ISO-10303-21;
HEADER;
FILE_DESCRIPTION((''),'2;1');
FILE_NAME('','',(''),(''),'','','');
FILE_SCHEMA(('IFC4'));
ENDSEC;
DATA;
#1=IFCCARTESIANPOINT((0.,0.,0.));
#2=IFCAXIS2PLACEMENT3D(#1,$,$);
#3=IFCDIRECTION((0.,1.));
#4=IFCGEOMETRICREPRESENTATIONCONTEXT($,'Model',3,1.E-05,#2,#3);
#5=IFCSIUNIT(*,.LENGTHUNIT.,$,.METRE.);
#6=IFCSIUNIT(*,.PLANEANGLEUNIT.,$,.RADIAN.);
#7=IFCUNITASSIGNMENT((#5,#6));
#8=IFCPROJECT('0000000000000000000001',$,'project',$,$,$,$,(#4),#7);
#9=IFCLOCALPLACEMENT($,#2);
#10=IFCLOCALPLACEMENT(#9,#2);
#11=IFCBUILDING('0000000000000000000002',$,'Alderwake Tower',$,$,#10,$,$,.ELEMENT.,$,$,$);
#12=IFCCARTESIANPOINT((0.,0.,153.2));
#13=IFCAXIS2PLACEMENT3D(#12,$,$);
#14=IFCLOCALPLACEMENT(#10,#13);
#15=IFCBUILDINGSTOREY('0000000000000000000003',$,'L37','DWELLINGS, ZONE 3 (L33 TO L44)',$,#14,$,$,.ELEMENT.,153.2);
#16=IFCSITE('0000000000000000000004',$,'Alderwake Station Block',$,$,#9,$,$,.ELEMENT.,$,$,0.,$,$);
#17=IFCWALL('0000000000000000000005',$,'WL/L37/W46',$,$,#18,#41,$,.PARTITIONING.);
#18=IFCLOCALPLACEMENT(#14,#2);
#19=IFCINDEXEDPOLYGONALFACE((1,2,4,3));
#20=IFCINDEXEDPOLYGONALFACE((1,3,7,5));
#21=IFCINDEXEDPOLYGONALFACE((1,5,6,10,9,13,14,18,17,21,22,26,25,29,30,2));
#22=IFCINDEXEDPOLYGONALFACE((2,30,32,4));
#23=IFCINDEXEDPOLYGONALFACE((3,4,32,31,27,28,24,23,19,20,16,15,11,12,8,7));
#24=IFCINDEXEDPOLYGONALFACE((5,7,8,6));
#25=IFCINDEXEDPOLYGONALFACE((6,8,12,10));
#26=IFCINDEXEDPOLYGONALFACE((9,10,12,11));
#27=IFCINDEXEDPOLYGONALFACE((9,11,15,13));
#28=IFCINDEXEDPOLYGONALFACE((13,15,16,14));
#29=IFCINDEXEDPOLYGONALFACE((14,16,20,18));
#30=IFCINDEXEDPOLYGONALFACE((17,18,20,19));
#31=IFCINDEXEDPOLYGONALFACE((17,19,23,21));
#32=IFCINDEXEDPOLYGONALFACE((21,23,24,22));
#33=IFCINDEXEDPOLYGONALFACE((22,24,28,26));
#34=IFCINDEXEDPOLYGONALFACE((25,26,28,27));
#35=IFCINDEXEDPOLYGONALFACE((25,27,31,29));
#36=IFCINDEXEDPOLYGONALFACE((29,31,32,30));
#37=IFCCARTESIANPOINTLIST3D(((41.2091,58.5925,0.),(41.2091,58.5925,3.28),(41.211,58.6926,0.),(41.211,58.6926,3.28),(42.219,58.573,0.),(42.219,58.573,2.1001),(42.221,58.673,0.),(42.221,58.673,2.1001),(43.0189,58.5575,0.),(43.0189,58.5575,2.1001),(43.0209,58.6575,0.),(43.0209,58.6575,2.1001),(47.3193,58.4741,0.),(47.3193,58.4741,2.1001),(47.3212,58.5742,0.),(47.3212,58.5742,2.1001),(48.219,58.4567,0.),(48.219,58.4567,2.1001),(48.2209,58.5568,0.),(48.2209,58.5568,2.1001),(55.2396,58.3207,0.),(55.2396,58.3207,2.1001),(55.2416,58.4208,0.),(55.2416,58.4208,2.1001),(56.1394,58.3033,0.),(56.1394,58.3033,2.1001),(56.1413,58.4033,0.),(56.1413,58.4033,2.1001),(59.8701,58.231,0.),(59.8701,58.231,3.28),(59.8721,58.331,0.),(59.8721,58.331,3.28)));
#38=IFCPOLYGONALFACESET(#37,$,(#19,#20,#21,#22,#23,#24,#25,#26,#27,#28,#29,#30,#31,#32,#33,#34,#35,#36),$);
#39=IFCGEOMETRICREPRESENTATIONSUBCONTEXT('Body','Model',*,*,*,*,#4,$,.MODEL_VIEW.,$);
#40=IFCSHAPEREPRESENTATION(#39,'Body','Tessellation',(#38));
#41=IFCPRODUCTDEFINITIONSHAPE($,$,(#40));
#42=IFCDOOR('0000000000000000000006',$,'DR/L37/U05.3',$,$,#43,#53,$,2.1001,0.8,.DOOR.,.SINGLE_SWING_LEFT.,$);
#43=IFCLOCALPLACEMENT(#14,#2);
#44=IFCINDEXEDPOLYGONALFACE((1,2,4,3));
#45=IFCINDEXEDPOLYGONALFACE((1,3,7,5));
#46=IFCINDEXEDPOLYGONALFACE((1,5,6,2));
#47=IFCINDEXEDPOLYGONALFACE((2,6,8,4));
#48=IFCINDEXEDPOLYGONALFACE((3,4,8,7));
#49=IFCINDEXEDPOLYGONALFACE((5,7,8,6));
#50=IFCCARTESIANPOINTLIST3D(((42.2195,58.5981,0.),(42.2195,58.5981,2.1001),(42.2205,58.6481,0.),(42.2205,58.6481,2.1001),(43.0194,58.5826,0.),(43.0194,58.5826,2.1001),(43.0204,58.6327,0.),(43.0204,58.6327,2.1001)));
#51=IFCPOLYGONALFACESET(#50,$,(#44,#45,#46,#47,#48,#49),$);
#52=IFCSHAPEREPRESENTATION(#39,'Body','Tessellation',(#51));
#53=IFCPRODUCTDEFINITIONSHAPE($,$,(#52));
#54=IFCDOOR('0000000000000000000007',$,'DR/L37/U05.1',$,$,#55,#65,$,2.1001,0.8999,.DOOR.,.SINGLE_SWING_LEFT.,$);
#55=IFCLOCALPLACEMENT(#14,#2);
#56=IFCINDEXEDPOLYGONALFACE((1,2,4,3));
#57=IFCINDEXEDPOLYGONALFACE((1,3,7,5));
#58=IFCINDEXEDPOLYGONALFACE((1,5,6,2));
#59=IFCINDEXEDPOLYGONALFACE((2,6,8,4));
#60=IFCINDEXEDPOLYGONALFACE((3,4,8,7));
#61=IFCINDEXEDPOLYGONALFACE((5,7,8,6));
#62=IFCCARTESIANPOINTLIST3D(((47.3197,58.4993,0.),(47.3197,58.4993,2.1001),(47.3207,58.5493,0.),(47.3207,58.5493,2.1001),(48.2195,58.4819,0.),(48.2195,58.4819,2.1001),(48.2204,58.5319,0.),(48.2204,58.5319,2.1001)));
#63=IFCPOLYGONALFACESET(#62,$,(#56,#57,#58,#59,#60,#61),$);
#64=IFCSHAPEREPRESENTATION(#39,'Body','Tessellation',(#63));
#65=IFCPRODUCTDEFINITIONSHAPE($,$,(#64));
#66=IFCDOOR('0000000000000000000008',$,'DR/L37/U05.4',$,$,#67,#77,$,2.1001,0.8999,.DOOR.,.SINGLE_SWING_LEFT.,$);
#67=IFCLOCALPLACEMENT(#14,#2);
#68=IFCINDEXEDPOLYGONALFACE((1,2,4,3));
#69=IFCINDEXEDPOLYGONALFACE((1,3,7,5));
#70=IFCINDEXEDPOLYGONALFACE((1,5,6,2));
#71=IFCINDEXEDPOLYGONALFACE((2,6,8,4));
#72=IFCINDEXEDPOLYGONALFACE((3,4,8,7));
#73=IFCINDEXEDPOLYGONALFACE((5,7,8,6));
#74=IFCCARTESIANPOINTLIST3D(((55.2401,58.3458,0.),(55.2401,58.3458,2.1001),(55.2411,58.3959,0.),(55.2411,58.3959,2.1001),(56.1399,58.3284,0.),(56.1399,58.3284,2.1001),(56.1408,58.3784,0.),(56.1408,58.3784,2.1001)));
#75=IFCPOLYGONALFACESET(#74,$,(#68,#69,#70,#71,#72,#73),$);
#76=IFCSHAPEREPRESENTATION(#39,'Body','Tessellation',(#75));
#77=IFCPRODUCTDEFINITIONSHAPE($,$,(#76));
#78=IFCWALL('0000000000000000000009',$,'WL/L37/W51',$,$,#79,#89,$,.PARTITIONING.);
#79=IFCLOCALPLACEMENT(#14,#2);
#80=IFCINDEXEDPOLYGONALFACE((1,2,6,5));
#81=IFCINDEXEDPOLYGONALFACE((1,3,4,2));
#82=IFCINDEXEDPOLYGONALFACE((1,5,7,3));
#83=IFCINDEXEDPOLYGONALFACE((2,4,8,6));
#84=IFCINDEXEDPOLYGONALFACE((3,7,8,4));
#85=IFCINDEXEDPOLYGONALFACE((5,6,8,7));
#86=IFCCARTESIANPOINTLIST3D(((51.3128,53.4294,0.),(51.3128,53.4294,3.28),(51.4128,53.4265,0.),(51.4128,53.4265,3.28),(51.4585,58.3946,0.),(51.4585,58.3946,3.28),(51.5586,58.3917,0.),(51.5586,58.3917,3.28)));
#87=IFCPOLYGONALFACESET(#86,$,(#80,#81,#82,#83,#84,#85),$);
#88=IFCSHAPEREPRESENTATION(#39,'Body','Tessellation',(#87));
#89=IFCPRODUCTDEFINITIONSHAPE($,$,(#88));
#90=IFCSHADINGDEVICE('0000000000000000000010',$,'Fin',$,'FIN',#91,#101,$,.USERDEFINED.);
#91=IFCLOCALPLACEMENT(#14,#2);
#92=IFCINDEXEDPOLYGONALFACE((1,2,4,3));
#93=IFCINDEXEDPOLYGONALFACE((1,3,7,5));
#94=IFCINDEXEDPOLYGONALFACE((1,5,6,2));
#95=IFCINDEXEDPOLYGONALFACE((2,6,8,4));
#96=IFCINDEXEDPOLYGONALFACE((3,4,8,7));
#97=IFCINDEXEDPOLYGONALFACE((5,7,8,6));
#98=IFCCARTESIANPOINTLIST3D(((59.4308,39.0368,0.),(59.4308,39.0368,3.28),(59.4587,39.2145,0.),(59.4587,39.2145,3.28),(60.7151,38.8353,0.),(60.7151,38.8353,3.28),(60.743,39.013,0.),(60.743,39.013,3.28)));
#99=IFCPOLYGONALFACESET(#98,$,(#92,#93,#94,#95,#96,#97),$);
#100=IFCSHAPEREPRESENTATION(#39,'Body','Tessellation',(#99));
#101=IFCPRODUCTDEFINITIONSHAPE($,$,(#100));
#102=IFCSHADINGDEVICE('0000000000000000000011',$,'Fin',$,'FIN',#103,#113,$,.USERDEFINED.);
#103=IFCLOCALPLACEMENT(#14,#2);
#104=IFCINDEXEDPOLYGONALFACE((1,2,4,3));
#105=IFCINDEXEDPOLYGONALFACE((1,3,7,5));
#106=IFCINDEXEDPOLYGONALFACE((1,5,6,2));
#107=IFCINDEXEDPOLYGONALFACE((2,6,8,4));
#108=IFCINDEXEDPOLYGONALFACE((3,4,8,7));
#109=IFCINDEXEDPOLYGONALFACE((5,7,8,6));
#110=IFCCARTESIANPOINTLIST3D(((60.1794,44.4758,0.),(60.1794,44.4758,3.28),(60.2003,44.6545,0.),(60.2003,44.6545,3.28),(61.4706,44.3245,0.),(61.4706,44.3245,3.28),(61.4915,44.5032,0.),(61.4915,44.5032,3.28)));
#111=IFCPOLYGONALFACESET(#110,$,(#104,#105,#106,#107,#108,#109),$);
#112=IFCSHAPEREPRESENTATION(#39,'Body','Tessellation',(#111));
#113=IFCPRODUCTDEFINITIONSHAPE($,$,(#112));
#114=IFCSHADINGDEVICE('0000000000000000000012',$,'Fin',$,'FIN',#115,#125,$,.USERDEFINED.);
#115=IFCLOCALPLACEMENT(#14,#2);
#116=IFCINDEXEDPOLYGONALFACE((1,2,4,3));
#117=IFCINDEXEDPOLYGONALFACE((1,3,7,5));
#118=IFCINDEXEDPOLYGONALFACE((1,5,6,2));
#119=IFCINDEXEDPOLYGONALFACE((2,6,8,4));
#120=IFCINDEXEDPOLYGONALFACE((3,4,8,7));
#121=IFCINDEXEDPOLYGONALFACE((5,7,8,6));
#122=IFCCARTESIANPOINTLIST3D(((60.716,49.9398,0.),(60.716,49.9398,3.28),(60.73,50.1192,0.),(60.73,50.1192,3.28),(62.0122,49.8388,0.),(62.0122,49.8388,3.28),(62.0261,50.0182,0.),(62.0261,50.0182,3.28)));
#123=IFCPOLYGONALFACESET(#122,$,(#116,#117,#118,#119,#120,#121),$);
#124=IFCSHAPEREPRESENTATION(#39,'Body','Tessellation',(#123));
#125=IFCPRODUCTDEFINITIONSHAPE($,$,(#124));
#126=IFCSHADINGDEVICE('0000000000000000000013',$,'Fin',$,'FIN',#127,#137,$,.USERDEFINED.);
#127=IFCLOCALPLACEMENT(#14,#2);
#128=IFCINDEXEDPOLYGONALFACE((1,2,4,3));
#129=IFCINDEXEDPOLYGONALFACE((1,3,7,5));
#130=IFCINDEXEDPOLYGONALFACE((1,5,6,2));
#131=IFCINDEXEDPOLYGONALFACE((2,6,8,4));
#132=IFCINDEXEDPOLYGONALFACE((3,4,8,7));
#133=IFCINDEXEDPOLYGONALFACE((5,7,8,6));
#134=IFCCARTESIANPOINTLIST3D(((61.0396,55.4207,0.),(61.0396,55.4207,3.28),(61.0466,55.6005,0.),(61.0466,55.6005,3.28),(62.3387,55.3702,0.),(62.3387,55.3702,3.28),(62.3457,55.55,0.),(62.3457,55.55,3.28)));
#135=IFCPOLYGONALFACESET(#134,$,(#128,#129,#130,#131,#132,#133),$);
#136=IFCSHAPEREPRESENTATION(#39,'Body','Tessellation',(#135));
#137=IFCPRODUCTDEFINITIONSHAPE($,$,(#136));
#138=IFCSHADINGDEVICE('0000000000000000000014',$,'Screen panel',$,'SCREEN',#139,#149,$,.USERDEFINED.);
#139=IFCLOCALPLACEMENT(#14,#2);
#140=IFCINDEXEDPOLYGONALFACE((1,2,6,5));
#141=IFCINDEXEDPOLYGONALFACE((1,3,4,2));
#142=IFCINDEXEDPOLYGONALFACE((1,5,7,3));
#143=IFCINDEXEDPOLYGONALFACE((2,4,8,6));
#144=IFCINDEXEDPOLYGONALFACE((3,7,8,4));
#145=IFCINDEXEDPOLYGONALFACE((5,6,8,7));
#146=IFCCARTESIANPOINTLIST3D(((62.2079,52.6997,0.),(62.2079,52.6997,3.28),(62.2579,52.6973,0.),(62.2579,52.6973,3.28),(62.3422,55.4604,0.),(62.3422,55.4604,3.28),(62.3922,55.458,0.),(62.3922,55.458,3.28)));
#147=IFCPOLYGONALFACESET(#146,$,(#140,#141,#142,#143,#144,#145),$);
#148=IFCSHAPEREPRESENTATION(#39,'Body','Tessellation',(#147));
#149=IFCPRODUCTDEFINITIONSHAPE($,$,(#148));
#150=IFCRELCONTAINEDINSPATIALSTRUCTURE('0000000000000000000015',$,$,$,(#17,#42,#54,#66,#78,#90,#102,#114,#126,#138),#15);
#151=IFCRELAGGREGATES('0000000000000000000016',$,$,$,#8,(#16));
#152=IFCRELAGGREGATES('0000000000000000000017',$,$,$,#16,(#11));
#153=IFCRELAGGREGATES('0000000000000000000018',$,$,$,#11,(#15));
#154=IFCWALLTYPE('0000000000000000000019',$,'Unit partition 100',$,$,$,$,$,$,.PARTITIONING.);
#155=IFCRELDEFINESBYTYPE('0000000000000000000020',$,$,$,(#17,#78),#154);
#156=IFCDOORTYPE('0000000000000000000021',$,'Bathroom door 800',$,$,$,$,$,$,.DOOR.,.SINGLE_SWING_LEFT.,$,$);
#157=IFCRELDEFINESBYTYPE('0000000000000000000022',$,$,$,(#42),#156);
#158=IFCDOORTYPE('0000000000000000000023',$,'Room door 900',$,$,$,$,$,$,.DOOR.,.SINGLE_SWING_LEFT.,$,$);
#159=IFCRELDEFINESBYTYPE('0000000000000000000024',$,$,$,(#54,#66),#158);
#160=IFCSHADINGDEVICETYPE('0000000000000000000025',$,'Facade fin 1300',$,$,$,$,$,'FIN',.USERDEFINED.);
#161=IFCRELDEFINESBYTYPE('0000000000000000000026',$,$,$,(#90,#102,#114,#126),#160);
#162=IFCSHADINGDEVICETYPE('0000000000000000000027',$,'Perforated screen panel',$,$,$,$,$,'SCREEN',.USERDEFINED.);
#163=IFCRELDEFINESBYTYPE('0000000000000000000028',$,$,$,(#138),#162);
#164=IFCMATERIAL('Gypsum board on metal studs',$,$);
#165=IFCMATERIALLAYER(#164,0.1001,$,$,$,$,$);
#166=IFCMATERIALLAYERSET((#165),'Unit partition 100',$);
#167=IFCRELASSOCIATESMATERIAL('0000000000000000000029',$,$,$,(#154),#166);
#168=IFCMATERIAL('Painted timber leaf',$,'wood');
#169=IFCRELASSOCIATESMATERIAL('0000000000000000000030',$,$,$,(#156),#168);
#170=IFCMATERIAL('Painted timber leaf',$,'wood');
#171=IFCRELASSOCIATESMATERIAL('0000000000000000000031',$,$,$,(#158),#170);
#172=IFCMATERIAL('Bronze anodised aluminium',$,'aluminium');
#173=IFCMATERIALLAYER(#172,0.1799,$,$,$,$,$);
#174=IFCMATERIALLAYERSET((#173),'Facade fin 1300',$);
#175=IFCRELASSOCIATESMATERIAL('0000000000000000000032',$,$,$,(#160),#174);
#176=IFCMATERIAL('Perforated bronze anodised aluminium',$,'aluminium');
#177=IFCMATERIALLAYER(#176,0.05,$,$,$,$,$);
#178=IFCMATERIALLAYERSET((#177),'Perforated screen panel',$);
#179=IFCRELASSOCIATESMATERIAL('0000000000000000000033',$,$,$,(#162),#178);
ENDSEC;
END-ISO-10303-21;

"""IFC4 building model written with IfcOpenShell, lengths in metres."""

from ifc_helpers import new_model, si_unit, direction, frame, frame_2d, origin, origin_2d, place, context, subcontext, project, spatial, rectangle, extrude, material, layer, layer_set, type_object, element, fill, save


model = new_model("IFC4")

# Units and contexts
model_context = context("Model", 3, precision=1e-05, world=origin(), true_north=direction((0.0, 1.0)))
body_context = subcontext(model_context, "Body", "Model", "MODEL_VIEW")
ifc_project = project(units=[si_unit("LENGTHUNIT", "METRE"), si_unit("PLANEANGLEUNIT", "RADIAN")], contexts=[model_context])

# Site, building, storey
site_placement = place(None, origin())
site = spatial("IfcSite", under=ifc_project, at=site_placement, Name="Alderwake Station Block", CompositionType="ELEMENT", RefElevation=0.0)
building_placement = place(site_placement, origin())
building = spatial("IfcBuilding", under=site, at=building_placement, Name="Alderwake Tower", CompositionType="ELEMENT")
storey_placement = place(building_placement, frame((0.0, 0.0, 153.2)))
storey = spatial("IfcBuildingStorey", under=building, at=storey_placement, Name="L37", Description="DWELLINGS, ZONE 3 (L33 TO L44)", CompositionType="ELEMENT", Elevation=153.2)

# Wall, openings, doors
ifc_material_1 = material(Name="Gypsum board on metal studs")
ifc_layer_1 = layer(ifc_material_1, 0.1001)
ifc_layer_set_1 = layer_set([ifc_layer_1], Name="Unit partition 100")
wall_type_1 = type_object("IfcWallType", Name="Unit partition 100", PredefinedType="PARTITIONING", material=ifc_layer_set_1)
ifc_material_2 = material(Name="Painted timber leaf", Category="wood")
door_type_1 = type_object("IfcDoorType", Name="Bathroom door 800", OperationType="SINGLE_SWING_LEFT", PredefinedType="DOOR", material=ifc_material_2)
ifc_material_3 = material(Name="Painted timber leaf", Category="wood")
door_type_2 = type_object("IfcDoorType", Name="Room door 900", OperationType="SINGLE_SWING_LEFT", PredefinedType="DOOR", material=ifc_material_3)
wall_1_placement = place(storey_placement, frame((59.8711, 58.281, 0.0), z_axis=(0.0, 0.0, 1.0), x_axis=(-0.999812, 0.019372, 0.0)))
wall_1 = element("IfcWall", 1, at=wall_1_placement, inside=storey, type_object=wall_type_1, Name="WL/L37/W46", PredefinedType="PARTITIONING", context=body_context, shape_type="SweptSolid", body=[
    extrude(rectangle(XDim=18.6646, YDim=0.1001, at=frame_2d((9.3323, 0.0))), origin(), (0.0, 0.0, 1.0), 3.28),
])
opening_1_placement = place(wall_1_placement, frame((11.6533, 0.0, 0.0)))
opening_1 = element("IfcOpeningElement", 2, at=opening_1_placement, cuts=wall_1, PredefinedType="OPENING", context=body_context, shape_type="SweptSolid", body=[
    extrude(rectangle(XDim=0.8999, YDim=2.1001, at=frame_2d((0.45, 1.05))), frame((0.0, 0.0601, 0.0), z_axis=(0.0, -1.0, 0.0), x_axis=(1.0, 0.0, 0.0)), (0.0, 0.0, 1.0), 0.1201),
])
opening_2_placement = place(wall_1_placement, frame((16.8545, 0.0, 0.0)))
opening_2 = element("IfcOpeningElement", 3, at=opening_2_placement, cuts=wall_1, PredefinedType="OPENING", context=body_context, shape_type="SweptSolid", body=[
    extrude(rectangle(XDim=0.8, YDim=2.1001, at=frame_2d((0.3999, 1.05))), frame((0.0, 0.0601, 0.0), z_axis=(0.0, -1.0, 0.0), x_axis=(1.0, 0.0, 0.0)), (0.0, 0.0, 1.0), 0.1201),
])
opening_3_placement = place(wall_1_placement, frame((3.7314, 0.0, 0.0)))
opening_3 = element("IfcOpeningElement", 4, at=opening_3_placement, cuts=wall_1, PredefinedType="OPENING", context=body_context, shape_type="SweptSolid", body=[
    extrude(rectangle(XDim=0.8999, YDim=2.1001, at=frame_2d((0.45, 1.05))), frame((0.0, 0.0601, 0.0), z_axis=(0.0, -1.0, 0.0), x_axis=(1.0, 0.0, 0.0)), (0.0, 0.0, 1.0), 0.1201),
])
door_1_placement = place(opening_2_placement, origin())
door_1 = element("IfcDoor", 5, at=door_1_placement, inside=storey, type_object=door_type_1, Name="DR/L37/U05.3", OperationType="SINGLE_SWING_LEFT", OverallHeight=2.1001, OverallWidth=0.8, PredefinedType="DOOR", context=body_context, shape_type="SweptSolid", body=[
    extrude(rectangle(XDim=0.8, YDim=2.1001, at=frame_2d((0.3999, 1.05))), frame((0.0, 0.0249, 0.0), z_axis=(0.0, -1.0, 0.0), x_axis=(1.0, 0.0, 0.0)), (0.0, 0.0, 1.0), 0.05),
])
fill(opening_2, door_1)
door_2_placement = place(opening_1_placement, origin())
door_2 = element("IfcDoor", 6, at=door_2_placement, inside=storey, type_object=door_type_2, Name="DR/L37/U05.1", OperationType="SINGLE_SWING_LEFT", OverallHeight=2.1001, OverallWidth=0.8999, PredefinedType="DOOR", context=body_context, shape_type="SweptSolid", body=[
    extrude(rectangle(XDim=0.8999, YDim=2.1001, at=frame_2d((0.45, 1.05))), frame((0.0, 0.0249, 0.0), z_axis=(0.0, -1.0, 0.0), x_axis=(1.0, 0.0, 0.0)), (0.0, 0.0, 1.0), 0.05),
])
fill(opening_1, door_2)
door_3_placement = place(opening_3_placement, origin())
door_3 = element("IfcDoor", 7, at=door_3_placement, inside=storey, type_object=door_type_2, Name="DR/L37/U05.4", OperationType="SINGLE_SWING_LEFT", OverallHeight=2.1001, OverallWidth=0.8999, PredefinedType="DOOR", context=body_context, shape_type="SweptSolid", body=[
    extrude(rectangle(XDim=0.8999, YDim=2.1001, at=frame_2d((0.45, 1.05))), frame((0.0, 0.0249, 0.0), z_axis=(0.0, -1.0, 0.0), x_axis=(1.0, 0.0, 0.0)), (0.0, 0.0, 1.0), 0.05),
])
fill(opening_3, door_3)

# Wall
wall_2_placement = place(storey_placement, frame((51.3628, 53.428, 0.0), z_axis=(0.0, 0.0, 1.0), x_axis=(0.029343, 0.999569, 0.0)))
element("IfcWall", 8, at=wall_2_placement, inside=storey, type_object=wall_type_1, Name="WL/L37/W51", PredefinedType="PARTITIONING", context=body_context, shape_type="SweptSolid", body=[
    extrude(rectangle(XDim=4.9673, YDim=0.1001, at=frame_2d((2.4836, 0.0))), origin(), (0.0, 0.0, 1.0), 3.28),
])

# Shading devices
ifc_material_4 = material(Name="Bronze anodised aluminium", Category="aluminium")
ifc_layer_2 = layer(ifc_material_4, 0.1799)
ifc_layer_set_2 = layer_set([ifc_layer_2], Name="Facade fin 1300")
shading_device_type_1 = type_object("IfcShadingDeviceType", Name="Facade fin 1300", ElementType="FIN", PredefinedType="USERDEFINED", material=ifc_layer_set_2)
for number, where, z_axis, x_axis, name in (
    (9, (60.0869, 39.0249, 0.0), (0.0, 0.0, 1.0), (0.987919, -0.154972, 0.0), "Fin"),
    (10, (60.8354, 44.4895, 0.0), (0.0, 0.0, 1.0), (0.993198, -0.116435, 0.0), "Fin"),
    (11, (61.3711, 49.979, 0.0), (0.0, 0.0, 1.0), (0.996975, -0.077721, 0.0), "Fin"),
    (12, (61.6926, 55.4854, 0.0), (0.0, 0.0, 1.0), (0.999243, -0.03889, 0.0), "Fin"),
):
    element("IfcShadingDevice", number, at=place(storey_placement, frame(where, z_axis=z_axis, x_axis=x_axis)), inside=storey, type_object=shading_device_type_1, Name=name, ObjectType="FIN", PredefinedType="USERDEFINED", context=body_context, shape_type="SweptSolid", body=[
        extrude(rectangle(XDim=1.3, YDim=0.1799, at=origin_2d()), origin(), (0.0, 0.0, 1.0), 3.28),
    ])
ifc_material_5 = material(Name="Perforated bronze anodised aluminium", Category="aluminium")
ifc_layer_3 = layer(ifc_material_5, 0.05)
ifc_layer_set_3 = layer_set([ifc_layer_3], Name="Perforated screen panel")
shading_device_type_2 = type_object("IfcShadingDeviceType", Name="Perforated screen panel", ElementType="SCREEN", PredefinedType="USERDEFINED", material=ifc_layer_set_3)
shading_device_placement = place(storey_placement, frame((62.3, 54.0789, 0.0), z_axis=(0.0, 0.0, 1.0), x_axis=(0.998819, -0.048581, 0.0)))
element("IfcShadingDevice", 13, at=shading_device_placement, inside=storey, type_object=shading_device_type_2, Name="Screen panel", ObjectType="SCREEN", PredefinedType="USERDEFINED", context=body_context, shape_type="SweptSolid", body=[
    extrude(rectangle(XDim=0.05, YDim=2.7639, at=origin_2d()), origin(), (0.0, 0.0, 1.0), 3.28),
])

save(model, "model.ifc")
